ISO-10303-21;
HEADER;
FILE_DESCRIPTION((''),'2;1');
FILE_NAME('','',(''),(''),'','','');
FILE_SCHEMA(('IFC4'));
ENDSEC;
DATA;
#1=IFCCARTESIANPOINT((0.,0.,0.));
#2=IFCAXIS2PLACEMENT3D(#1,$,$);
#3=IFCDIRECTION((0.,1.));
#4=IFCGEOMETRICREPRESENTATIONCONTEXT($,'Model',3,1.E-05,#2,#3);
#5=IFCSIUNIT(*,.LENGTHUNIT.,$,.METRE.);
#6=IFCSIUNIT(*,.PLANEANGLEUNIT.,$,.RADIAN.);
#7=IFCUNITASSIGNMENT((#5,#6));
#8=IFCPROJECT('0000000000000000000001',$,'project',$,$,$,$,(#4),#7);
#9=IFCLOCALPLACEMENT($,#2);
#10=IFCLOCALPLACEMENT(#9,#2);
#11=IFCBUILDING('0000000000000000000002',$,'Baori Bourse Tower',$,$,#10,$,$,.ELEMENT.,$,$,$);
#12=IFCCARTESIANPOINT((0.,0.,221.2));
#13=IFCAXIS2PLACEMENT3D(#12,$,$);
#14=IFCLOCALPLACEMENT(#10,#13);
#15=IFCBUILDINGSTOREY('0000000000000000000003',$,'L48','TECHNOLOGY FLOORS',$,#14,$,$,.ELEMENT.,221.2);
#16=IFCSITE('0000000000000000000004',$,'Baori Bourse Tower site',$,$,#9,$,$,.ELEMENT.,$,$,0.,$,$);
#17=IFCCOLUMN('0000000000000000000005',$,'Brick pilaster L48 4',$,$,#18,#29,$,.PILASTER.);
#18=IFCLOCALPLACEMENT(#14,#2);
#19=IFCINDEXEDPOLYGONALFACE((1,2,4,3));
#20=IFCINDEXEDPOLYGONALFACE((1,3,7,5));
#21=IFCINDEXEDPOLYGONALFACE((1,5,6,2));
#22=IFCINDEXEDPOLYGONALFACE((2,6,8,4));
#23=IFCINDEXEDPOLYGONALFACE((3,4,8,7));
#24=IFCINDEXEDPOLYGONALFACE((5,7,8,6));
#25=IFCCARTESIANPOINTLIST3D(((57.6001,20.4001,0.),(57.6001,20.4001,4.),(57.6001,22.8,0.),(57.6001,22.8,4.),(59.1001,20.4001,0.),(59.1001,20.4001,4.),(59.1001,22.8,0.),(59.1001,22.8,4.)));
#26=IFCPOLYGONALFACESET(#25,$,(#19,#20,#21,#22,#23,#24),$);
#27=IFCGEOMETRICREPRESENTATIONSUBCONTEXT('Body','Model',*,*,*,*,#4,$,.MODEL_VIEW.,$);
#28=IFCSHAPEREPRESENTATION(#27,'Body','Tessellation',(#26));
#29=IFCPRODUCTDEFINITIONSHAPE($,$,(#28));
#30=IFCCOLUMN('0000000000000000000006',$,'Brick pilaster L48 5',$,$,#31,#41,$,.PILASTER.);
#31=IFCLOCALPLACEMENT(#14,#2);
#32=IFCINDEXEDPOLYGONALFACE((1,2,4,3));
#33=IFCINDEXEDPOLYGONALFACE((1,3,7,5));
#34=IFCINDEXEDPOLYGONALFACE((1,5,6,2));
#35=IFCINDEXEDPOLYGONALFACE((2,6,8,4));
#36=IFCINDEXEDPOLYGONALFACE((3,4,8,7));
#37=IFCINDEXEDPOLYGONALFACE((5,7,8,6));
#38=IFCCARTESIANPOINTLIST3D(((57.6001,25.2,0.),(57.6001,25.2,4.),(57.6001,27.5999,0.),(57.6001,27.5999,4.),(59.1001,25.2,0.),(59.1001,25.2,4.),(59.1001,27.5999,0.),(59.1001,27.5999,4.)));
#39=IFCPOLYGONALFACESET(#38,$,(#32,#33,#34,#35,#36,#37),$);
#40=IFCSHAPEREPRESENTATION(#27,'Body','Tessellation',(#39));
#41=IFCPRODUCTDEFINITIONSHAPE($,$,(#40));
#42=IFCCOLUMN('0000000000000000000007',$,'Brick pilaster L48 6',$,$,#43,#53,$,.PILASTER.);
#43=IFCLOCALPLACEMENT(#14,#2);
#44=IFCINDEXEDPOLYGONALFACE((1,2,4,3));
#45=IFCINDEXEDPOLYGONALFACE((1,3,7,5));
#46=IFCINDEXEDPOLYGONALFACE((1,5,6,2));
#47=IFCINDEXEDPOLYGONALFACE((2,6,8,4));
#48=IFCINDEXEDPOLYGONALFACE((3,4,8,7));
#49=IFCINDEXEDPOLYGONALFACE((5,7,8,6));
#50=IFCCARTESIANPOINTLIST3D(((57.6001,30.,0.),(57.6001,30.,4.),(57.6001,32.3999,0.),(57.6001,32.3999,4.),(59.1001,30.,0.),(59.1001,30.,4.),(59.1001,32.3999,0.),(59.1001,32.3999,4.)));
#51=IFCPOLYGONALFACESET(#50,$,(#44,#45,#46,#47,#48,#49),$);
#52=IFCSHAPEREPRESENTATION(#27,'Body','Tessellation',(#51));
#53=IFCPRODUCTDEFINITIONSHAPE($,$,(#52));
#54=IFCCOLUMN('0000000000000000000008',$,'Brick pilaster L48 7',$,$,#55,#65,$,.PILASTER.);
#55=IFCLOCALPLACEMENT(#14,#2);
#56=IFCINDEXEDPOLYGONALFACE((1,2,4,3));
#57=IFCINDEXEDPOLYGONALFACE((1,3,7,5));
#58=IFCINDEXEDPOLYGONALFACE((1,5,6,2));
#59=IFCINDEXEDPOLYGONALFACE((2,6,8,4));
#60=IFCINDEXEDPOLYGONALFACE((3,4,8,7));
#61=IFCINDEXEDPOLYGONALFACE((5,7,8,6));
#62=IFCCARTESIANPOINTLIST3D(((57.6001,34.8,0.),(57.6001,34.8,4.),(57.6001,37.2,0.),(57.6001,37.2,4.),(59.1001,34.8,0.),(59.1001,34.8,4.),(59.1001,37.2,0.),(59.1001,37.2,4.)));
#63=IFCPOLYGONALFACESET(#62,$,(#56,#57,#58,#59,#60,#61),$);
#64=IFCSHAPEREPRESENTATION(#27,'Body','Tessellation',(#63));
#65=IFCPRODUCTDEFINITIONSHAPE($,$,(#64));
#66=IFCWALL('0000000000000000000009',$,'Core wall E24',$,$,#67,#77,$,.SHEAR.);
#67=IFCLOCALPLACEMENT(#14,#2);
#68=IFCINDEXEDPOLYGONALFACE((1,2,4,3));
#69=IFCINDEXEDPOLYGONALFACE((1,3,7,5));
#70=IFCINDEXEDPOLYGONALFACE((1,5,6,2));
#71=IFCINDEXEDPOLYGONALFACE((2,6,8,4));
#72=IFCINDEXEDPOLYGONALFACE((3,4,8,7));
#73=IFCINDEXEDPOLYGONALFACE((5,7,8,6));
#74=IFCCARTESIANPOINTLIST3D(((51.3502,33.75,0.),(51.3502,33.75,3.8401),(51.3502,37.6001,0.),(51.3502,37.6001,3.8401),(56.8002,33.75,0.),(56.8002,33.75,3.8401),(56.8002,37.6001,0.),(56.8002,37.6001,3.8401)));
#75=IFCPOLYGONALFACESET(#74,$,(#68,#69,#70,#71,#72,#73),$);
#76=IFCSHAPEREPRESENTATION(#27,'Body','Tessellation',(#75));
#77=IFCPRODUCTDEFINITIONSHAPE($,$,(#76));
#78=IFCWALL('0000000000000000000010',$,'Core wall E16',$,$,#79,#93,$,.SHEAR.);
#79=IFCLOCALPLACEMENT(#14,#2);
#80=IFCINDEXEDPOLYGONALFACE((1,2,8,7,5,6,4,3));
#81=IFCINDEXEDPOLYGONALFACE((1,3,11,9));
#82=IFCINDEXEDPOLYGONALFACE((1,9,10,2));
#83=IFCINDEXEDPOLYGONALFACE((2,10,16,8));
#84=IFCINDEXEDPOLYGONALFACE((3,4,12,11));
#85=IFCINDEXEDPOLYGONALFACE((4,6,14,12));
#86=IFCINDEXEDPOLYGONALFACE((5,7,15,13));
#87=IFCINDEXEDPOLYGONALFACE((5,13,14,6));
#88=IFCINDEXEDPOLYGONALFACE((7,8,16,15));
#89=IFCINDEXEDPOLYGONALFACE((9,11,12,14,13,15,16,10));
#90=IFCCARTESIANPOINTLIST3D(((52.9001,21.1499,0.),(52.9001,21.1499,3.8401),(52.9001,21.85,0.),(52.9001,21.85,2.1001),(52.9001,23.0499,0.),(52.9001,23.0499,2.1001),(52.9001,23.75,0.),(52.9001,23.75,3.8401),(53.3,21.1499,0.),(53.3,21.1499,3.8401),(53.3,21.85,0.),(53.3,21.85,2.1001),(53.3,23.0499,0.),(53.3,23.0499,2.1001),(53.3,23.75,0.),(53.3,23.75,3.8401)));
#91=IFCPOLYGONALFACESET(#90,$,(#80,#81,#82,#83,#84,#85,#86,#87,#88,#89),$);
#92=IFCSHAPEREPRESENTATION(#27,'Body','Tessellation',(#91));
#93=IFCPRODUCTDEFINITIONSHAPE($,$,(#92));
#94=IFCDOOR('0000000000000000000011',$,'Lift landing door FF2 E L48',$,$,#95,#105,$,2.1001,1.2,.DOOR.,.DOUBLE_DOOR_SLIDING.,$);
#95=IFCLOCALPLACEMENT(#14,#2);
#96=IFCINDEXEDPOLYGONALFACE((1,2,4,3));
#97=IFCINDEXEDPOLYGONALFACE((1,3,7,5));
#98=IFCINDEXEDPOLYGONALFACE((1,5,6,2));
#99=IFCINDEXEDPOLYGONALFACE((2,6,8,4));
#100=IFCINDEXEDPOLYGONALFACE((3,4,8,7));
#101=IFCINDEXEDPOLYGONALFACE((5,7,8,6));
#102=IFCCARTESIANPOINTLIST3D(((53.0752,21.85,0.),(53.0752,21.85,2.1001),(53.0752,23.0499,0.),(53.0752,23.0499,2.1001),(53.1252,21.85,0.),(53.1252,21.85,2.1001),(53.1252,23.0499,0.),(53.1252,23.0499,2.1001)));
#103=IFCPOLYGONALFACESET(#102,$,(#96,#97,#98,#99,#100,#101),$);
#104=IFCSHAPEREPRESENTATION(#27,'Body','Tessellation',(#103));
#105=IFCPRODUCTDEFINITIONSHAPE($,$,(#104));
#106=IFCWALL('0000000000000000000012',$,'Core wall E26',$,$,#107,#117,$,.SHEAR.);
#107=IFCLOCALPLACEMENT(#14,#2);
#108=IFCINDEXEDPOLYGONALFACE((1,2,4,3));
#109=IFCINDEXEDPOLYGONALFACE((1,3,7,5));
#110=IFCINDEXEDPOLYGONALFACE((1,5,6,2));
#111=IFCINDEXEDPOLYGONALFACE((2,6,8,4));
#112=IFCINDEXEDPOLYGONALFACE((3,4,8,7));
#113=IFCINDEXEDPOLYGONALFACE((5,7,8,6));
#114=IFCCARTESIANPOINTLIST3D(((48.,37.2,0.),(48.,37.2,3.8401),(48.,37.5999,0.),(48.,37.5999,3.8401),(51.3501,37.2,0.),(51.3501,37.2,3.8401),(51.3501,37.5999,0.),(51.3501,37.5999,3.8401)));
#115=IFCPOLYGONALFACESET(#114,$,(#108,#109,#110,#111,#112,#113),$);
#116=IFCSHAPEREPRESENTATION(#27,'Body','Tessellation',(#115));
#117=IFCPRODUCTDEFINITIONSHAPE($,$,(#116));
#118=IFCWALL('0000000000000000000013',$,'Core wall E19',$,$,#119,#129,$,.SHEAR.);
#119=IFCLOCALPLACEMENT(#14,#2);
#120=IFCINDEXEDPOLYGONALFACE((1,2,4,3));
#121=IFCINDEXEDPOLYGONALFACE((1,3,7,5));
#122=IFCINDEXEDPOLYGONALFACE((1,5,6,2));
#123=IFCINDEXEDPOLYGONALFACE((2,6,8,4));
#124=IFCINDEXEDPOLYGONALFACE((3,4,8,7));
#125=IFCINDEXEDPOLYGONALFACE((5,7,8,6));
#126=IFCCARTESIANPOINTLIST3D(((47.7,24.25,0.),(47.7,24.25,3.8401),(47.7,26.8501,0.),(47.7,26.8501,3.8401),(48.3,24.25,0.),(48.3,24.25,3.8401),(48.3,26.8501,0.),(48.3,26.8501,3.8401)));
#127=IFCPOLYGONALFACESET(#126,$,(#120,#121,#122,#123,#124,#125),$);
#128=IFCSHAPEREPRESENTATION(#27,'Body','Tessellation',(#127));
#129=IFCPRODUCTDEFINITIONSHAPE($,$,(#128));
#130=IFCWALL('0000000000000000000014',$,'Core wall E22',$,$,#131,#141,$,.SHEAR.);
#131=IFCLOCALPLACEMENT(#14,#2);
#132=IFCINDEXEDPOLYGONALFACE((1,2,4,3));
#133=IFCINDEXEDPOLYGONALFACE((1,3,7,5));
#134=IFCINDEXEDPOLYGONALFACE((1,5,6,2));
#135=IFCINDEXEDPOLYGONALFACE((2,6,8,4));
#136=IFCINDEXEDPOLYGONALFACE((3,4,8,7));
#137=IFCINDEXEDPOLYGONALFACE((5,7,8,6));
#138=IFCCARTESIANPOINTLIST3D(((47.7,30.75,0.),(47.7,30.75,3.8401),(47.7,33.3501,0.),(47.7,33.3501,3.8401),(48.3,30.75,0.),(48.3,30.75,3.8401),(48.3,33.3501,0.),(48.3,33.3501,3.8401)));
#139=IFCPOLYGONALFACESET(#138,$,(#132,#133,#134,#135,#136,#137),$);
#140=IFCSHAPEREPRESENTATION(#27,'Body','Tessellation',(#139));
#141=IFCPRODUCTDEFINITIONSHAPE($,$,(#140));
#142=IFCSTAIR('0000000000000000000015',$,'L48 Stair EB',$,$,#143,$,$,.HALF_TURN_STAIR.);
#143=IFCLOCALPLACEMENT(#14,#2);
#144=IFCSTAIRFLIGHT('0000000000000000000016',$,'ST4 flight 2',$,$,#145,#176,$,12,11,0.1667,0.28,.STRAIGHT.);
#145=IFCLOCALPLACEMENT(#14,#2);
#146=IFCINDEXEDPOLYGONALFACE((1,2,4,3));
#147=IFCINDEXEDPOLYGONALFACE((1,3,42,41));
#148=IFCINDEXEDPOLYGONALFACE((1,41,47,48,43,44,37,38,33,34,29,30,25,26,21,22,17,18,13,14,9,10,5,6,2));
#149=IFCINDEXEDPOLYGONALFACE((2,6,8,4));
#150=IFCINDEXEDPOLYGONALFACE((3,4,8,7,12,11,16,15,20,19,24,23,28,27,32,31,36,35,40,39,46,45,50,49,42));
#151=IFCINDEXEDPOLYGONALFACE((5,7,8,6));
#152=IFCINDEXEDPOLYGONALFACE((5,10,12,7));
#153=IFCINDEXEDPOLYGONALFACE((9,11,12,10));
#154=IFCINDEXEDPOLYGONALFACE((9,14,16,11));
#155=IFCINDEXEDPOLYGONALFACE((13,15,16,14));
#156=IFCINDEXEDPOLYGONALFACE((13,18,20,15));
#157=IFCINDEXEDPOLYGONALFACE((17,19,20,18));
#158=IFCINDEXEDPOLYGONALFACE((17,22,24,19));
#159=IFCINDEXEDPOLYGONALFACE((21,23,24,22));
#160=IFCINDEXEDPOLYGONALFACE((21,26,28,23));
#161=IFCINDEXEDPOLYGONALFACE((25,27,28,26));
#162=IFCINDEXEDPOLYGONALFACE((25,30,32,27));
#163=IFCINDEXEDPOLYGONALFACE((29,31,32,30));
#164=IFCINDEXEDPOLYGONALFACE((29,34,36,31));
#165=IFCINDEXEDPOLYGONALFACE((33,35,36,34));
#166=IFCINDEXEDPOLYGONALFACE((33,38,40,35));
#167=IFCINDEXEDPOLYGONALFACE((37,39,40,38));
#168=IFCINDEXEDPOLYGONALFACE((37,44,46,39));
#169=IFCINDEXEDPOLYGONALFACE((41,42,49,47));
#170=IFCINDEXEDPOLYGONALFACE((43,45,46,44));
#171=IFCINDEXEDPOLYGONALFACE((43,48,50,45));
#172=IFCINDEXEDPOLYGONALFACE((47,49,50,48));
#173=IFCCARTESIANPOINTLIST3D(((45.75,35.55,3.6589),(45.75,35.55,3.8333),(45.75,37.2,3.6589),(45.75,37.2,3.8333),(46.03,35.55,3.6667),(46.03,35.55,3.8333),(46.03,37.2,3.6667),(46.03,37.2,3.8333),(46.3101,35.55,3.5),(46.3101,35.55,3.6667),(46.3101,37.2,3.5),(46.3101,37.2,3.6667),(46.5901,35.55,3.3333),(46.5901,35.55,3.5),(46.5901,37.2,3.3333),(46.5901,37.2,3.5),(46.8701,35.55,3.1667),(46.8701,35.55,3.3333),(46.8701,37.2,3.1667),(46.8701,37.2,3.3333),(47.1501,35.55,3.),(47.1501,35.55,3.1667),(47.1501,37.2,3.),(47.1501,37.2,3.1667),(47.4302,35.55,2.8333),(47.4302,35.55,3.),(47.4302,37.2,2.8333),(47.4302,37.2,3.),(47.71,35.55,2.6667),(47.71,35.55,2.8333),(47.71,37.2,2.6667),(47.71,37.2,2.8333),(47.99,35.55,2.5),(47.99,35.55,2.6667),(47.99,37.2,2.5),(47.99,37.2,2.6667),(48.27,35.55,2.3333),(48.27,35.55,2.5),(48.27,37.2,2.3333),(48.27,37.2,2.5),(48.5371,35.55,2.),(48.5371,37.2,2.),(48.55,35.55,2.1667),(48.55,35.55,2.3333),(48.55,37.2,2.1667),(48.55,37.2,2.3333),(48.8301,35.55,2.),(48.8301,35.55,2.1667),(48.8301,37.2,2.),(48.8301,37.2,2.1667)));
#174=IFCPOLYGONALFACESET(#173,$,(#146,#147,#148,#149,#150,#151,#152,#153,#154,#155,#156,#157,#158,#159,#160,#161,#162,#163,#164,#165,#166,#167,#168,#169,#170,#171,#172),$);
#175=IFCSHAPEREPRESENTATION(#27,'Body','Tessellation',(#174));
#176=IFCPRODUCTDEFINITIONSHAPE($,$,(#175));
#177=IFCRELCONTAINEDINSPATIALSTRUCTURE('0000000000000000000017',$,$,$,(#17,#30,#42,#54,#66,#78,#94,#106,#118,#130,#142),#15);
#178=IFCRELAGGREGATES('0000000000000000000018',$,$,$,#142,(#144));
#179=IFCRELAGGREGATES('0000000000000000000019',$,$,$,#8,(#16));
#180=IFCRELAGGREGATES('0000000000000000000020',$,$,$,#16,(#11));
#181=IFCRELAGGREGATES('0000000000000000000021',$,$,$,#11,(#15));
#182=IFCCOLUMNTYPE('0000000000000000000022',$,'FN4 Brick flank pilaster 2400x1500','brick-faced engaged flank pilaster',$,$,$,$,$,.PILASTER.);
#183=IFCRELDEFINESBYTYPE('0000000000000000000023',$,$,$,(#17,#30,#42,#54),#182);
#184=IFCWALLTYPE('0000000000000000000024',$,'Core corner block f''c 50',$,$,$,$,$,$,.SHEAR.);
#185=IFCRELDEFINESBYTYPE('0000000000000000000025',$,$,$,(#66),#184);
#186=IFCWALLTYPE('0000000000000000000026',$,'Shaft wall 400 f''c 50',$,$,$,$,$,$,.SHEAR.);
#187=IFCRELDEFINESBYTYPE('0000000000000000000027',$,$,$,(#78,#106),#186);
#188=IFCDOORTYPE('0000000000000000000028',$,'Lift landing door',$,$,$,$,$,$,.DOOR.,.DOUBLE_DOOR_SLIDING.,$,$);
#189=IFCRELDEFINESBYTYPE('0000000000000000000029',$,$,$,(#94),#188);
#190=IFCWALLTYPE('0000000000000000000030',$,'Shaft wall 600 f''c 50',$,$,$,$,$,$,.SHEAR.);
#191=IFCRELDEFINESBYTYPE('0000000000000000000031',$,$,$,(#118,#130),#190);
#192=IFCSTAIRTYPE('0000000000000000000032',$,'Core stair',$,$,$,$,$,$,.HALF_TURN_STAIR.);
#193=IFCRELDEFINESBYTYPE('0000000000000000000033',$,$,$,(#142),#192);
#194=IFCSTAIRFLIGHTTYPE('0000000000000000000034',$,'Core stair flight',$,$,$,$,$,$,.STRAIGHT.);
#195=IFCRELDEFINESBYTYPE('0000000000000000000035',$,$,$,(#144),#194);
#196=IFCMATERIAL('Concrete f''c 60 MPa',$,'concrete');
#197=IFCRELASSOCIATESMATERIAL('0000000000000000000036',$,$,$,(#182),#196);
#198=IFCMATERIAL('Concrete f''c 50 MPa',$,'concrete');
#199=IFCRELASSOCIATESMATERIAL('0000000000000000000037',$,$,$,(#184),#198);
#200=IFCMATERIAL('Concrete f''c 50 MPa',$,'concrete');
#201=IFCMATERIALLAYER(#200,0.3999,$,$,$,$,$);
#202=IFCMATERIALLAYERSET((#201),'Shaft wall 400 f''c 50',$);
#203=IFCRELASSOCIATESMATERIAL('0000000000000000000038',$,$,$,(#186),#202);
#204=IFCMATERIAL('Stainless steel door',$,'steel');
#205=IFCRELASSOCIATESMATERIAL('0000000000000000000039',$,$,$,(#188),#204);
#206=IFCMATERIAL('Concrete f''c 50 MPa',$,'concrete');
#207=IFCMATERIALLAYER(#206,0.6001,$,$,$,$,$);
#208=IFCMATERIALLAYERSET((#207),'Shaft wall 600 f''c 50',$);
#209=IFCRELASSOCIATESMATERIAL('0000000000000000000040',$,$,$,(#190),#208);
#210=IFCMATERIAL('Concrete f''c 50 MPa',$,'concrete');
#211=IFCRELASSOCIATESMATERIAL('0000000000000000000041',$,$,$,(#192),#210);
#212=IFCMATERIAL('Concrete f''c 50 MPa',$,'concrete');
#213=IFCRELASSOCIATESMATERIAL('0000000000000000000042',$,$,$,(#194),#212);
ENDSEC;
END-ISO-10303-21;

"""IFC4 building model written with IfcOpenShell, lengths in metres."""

from ifc_helpers import new_model, si_unit, direction, frame, frame_2d, origin, origin_2d, place, context, subcontext, project, spatial, polyline, rectangle, outline, extrude, material, layer, layer_set, material_profile, profile_set, type_object, element, fill, aggregate, save


model = new_model("IFC4")

# Units and contexts
model_context = context("Model", 3, precision=1e-05, world=origin(), true_north=direction((0.0, 1.0)))
body_context = subcontext(model_context, "Body", "Model", "MODEL_VIEW")
ifc_project = project(units=[si_unit("LENGTHUNIT", "METRE"), si_unit("PLANEANGLEUNIT", "RADIAN")], contexts=[model_context])

# Site, building, storey
site_placement = place(None, origin())
site = spatial("IfcSite", under=ifc_project, at=site_placement, Name="Baori Bourse Tower site", CompositionType="ELEMENT", RefElevation=0.0)
building_placement = place(site_placement, origin())
building = spatial("IfcBuilding", under=site, at=building_placement, Name="Baori Bourse Tower", CompositionType="ELEMENT")
storey_placement = place(building_placement, frame((0.0, 0.0, 221.2)))
storey = spatial("IfcBuildingStorey", under=building, at=storey_placement, Name="L48", Description="TECHNOLOGY FLOORS", CompositionType="ELEMENT", Elevation=221.2)

# Columns
ifc_material_1 = material(Name="Concrete f'c 60 MPa", Category="concrete")
ifc_material_profile = material_profile(ifc_material_1, rectangle(XDim=2.3999, YDim=1.5, at=origin_2d()), Name="RC 2400x1500")
ifc_profile_set = profile_set([ifc_material_profile], Name="Concrete f'c 60 MPa")
column_type = type_object("IfcColumnType", Name="FN4 Brick flank pilaster 2400x1500", Description="brick-faced engaged flank pilaster", PredefinedType="PILASTER", material=ifc_profile_set)
for number, where, z_axis, x_axis, name in (
    (1, (58.3501, 21.6001, 0.0), (0.0, 0.0, 1.0), (0.0, 1.0, 0.0), "Brick pilaster L48 4"),
    (2, (58.3501, 26.3999, 0.0), (0.0, 0.0, 1.0), (0.0, 1.0, 0.0), "Brick pilaster L48 5"),
    (3, (58.3501, 31.2, 0.0), (0.0, 0.0, 1.0), (0.0, 1.0, 0.0), "Brick pilaster L48 6"),
    (4, (58.3501, 36.0, 0.0), (0.0, 0.0, 1.0), (0.0, 1.0, 0.0), "Brick pilaster L48 7"),
):
    element("IfcColumn", number, at=place(storey_placement, frame(where, z_axis=z_axis, x_axis=x_axis)), inside=storey, type_object=column_type, Name=name, PredefinedType="PILASTER", context=body_context, shape_type="SweptSolid", body=[
        extrude(rectangle(XDim=2.3999, YDim=1.5, at=origin_2d()), origin(), (0.0, 0.0, 1.0), 4.0),
    ])

# Wall
ifc_material_2 = material(Name="Concrete f'c 50 MPa", Category="concrete")
wall_type_1 = type_object("IfcWallType", Name="Core corner block f'c 50", PredefinedType="SHEAR", material=ifc_material_2)
wall_1_placement = place(storey_placement, frame((51.3501, 35.675, 0.0), z_axis=(0.0, 0.0, 1.0), x_axis=(1.0, 0.0, 0.0)))
element("IfcWall", 5, at=wall_1_placement, inside=storey, type_object=wall_type_1, Name="Core wall E24", PredefinedType="SHEAR", context=body_context, shape_type="SweptSolid", body=[
    extrude(rectangle(XDim=5.45, YDim=3.8501, at=frame_2d((2.7251, 0.0))), origin(), (0.0, 0.0, 1.0), 3.8401),
])

# Wall, opening, door
ifc_material_3 = material(Name="Concrete f'c 50 MPa", Category="concrete")
ifc_layer_1 = layer(ifc_material_3, 0.3999)
ifc_layer_set_1 = layer_set([ifc_layer_1], Name="Shaft wall 400 f'c 50")
wall_type_2 = type_object("IfcWallType", Name="Shaft wall 400 f'c 50", PredefinedType="SHEAR", material=ifc_layer_set_1)
wall_2_placement = place(storey_placement, frame((53.1001, 21.1499, 0.0), z_axis=(0.0, 0.0, 1.0), x_axis=(0.0, 1.0, 0.0)))
wall_2 = element("IfcWall", 6, at=wall_2_placement, inside=storey, type_object=wall_type_2, Name="Core wall E16", PredefinedType="SHEAR", context=body_context, shape_type="SweptSolid", body=[
    extrude(rectangle(XDim=2.6001, YDim=0.3999, at=frame_2d((1.3, 0.0))), origin(), (0.0, 0.0, 1.0), 3.8401),
])
opening_placement = place(wall_2_placement, frame((0.7, 0.0, 0.0)))
opening = element("IfcOpeningElement", 7, at=opening_placement, cuts=wall_2, PredefinedType="OPENING", context=body_context, shape_type="SweptSolid", body=[
    extrude(rectangle(XDim=1.2, YDim=2.1001, at=frame_2d((0.6001, 1.05))), frame((0.0, 0.21, 0.0), z_axis=(0.0, -1.0, 0.0), x_axis=(1.0, 0.0, 0.0)), (0.0, 0.0, 1.0), 0.4199),
])
ifc_material_4 = material(Name="Stainless steel door", Category="steel")
door_type = type_object("IfcDoorType", Name="Lift landing door", OperationType="DOUBLE_DOOR_SLIDING", PredefinedType="DOOR", material=ifc_material_4)
door_placement = place(opening_placement, origin())
door = element("IfcDoor", 8, at=door_placement, inside=storey, type_object=door_type, Name="Lift landing door FF2 E L48", OperationType="DOUBLE_DOOR_SLIDING", OverallHeight=2.1001, OverallWidth=1.2, PredefinedType="DOOR", context=body_context, shape_type="SweptSolid", body=[
    extrude(rectangle(XDim=1.2, YDim=2.1001, at=frame_2d((0.6001, 1.05))), frame((0.0, 0.0249, 0.0), z_axis=(0.0, -1.0, 0.0), x_axis=(1.0, 0.0, 0.0)), (0.0, 0.0, 1.0), 0.05),
])
fill(opening, door)

# Walls
wall_3_placement = place(storey_placement, frame((48.0, 37.3999, 0.0), z_axis=(0.0, 0.0, 1.0), x_axis=(1.0, 0.0, 0.0)))
element("IfcWall", 9, at=wall_3_placement, inside=storey, type_object=wall_type_2, Name="Core wall E26", PredefinedType="SHEAR", context=body_context, shape_type="SweptSolid", body=[
    extrude(rectangle(XDim=3.3501, YDim=0.3999, at=frame_2d((1.675, 0.0))), origin(), (0.0, 0.0, 1.0), 3.8401),
])
ifc_material_5 = material(Name="Concrete f'c 50 MPa", Category="concrete")
ifc_layer_2 = layer(ifc_material_5, 0.6001)
ifc_layer_set_2 = layer_set([ifc_layer_2], Name="Shaft wall 600 f'c 50")
wall_type_3 = type_object("IfcWallType", Name="Shaft wall 600 f'c 50", PredefinedType="SHEAR", material=ifc_layer_set_2)
for number, where, z_axis, x_axis, name in (
    (10, (48.0, 24.25, 0.0), (0.0, 0.0, 1.0), (0.0, 1.0, 0.0), "Core wall E19"),
    (11, (48.0, 30.75, 0.0), (0.0, 0.0, 1.0), (0.0, 1.0, 0.0), "Core wall E22"),
):
    element("IfcWall", number, at=place(storey_placement, frame(where, z_axis=z_axis, x_axis=x_axis)), inside=storey, type_object=wall_type_3, Name=name, PredefinedType="SHEAR", context=body_context, shape_type="SweptSolid", body=[
        extrude(rectangle(XDim=2.6001, YDim=0.6001, at=frame_2d((1.3, 0.0))), origin(), (0.0, 0.0, 1.0), 3.8401),
    ])

# Stair, stair flight
ifc_material_6 = material(Name="Concrete f'c 50 MPa", Category="concrete")
stair_type = type_object("IfcStairType", Name="Core stair", PredefinedType="HALF_TURN_STAIR", material=ifc_material_6)
stair_placement = place(storey_placement, origin())
stair = element("IfcStair", 12, at=stair_placement, inside=storey, type_object=stair_type, Name="L48 Stair EB", PredefinedType="HALF_TURN_STAIR")
ifc_material_7 = material(Name="Concrete f'c 50 MPa", Category="concrete")
stair_flight_type = type_object("IfcStairFlightType", Name="Core stair flight", PredefinedType="STRAIGHT", material=ifc_material_7)
stair_flight_placement = place(storey_placement, frame((48.8301, 36.375, 2.0), z_axis=(0.0, 0.0, 1.0), x_axis=(-1.0, 0.0, 0.0)))
stair_flight = element("IfcStairFlight", 13, at=stair_flight_placement, type_object=stair_flight_type, Name="ST4 flight 2", NumberOfRisers=12, NumberOfTreads=11, PredefinedType="STRAIGHT", RiserHeight=0.1667, TreadLength=0.28, context=body_context, shape_type="SweptSolid", body=[
    extrude(outline(polyline([(0.0, 0.0), (0.0, 0.1667), (0.28, 0.1667), (0.28, 0.3333), (0.5601, 0.3333), (0.5601, 0.5), (0.8401, 0.5), (0.8401, 0.6667), (1.1201, 0.6667), (1.1201, 0.8333), (1.3999, 0.8333), (1.3999, 1.0), (1.6799, 1.0), (1.6799, 1.1667), (1.96, 1.1667), (1.96, 1.3333), (2.24, 1.3333), (2.24, 1.5), (2.52, 1.5), (2.52, 1.6667), (2.8, 1.6667), (2.8, 1.8333), (3.0801, 1.8333), (3.0801, 2.0), (3.0801, 1.6589), (0.293, 0.0), (0.0, 0.0)])), frame((0.0, 0.825, 0.0), z_axis=(0.0, -1.0, 0.0), x_axis=(1.0, 0.0, 0.0)), (0.0, 0.0, 1.0), 1.6499),
])
aggregate(stair, [stair_flight])

save(model, "model.ifc")
